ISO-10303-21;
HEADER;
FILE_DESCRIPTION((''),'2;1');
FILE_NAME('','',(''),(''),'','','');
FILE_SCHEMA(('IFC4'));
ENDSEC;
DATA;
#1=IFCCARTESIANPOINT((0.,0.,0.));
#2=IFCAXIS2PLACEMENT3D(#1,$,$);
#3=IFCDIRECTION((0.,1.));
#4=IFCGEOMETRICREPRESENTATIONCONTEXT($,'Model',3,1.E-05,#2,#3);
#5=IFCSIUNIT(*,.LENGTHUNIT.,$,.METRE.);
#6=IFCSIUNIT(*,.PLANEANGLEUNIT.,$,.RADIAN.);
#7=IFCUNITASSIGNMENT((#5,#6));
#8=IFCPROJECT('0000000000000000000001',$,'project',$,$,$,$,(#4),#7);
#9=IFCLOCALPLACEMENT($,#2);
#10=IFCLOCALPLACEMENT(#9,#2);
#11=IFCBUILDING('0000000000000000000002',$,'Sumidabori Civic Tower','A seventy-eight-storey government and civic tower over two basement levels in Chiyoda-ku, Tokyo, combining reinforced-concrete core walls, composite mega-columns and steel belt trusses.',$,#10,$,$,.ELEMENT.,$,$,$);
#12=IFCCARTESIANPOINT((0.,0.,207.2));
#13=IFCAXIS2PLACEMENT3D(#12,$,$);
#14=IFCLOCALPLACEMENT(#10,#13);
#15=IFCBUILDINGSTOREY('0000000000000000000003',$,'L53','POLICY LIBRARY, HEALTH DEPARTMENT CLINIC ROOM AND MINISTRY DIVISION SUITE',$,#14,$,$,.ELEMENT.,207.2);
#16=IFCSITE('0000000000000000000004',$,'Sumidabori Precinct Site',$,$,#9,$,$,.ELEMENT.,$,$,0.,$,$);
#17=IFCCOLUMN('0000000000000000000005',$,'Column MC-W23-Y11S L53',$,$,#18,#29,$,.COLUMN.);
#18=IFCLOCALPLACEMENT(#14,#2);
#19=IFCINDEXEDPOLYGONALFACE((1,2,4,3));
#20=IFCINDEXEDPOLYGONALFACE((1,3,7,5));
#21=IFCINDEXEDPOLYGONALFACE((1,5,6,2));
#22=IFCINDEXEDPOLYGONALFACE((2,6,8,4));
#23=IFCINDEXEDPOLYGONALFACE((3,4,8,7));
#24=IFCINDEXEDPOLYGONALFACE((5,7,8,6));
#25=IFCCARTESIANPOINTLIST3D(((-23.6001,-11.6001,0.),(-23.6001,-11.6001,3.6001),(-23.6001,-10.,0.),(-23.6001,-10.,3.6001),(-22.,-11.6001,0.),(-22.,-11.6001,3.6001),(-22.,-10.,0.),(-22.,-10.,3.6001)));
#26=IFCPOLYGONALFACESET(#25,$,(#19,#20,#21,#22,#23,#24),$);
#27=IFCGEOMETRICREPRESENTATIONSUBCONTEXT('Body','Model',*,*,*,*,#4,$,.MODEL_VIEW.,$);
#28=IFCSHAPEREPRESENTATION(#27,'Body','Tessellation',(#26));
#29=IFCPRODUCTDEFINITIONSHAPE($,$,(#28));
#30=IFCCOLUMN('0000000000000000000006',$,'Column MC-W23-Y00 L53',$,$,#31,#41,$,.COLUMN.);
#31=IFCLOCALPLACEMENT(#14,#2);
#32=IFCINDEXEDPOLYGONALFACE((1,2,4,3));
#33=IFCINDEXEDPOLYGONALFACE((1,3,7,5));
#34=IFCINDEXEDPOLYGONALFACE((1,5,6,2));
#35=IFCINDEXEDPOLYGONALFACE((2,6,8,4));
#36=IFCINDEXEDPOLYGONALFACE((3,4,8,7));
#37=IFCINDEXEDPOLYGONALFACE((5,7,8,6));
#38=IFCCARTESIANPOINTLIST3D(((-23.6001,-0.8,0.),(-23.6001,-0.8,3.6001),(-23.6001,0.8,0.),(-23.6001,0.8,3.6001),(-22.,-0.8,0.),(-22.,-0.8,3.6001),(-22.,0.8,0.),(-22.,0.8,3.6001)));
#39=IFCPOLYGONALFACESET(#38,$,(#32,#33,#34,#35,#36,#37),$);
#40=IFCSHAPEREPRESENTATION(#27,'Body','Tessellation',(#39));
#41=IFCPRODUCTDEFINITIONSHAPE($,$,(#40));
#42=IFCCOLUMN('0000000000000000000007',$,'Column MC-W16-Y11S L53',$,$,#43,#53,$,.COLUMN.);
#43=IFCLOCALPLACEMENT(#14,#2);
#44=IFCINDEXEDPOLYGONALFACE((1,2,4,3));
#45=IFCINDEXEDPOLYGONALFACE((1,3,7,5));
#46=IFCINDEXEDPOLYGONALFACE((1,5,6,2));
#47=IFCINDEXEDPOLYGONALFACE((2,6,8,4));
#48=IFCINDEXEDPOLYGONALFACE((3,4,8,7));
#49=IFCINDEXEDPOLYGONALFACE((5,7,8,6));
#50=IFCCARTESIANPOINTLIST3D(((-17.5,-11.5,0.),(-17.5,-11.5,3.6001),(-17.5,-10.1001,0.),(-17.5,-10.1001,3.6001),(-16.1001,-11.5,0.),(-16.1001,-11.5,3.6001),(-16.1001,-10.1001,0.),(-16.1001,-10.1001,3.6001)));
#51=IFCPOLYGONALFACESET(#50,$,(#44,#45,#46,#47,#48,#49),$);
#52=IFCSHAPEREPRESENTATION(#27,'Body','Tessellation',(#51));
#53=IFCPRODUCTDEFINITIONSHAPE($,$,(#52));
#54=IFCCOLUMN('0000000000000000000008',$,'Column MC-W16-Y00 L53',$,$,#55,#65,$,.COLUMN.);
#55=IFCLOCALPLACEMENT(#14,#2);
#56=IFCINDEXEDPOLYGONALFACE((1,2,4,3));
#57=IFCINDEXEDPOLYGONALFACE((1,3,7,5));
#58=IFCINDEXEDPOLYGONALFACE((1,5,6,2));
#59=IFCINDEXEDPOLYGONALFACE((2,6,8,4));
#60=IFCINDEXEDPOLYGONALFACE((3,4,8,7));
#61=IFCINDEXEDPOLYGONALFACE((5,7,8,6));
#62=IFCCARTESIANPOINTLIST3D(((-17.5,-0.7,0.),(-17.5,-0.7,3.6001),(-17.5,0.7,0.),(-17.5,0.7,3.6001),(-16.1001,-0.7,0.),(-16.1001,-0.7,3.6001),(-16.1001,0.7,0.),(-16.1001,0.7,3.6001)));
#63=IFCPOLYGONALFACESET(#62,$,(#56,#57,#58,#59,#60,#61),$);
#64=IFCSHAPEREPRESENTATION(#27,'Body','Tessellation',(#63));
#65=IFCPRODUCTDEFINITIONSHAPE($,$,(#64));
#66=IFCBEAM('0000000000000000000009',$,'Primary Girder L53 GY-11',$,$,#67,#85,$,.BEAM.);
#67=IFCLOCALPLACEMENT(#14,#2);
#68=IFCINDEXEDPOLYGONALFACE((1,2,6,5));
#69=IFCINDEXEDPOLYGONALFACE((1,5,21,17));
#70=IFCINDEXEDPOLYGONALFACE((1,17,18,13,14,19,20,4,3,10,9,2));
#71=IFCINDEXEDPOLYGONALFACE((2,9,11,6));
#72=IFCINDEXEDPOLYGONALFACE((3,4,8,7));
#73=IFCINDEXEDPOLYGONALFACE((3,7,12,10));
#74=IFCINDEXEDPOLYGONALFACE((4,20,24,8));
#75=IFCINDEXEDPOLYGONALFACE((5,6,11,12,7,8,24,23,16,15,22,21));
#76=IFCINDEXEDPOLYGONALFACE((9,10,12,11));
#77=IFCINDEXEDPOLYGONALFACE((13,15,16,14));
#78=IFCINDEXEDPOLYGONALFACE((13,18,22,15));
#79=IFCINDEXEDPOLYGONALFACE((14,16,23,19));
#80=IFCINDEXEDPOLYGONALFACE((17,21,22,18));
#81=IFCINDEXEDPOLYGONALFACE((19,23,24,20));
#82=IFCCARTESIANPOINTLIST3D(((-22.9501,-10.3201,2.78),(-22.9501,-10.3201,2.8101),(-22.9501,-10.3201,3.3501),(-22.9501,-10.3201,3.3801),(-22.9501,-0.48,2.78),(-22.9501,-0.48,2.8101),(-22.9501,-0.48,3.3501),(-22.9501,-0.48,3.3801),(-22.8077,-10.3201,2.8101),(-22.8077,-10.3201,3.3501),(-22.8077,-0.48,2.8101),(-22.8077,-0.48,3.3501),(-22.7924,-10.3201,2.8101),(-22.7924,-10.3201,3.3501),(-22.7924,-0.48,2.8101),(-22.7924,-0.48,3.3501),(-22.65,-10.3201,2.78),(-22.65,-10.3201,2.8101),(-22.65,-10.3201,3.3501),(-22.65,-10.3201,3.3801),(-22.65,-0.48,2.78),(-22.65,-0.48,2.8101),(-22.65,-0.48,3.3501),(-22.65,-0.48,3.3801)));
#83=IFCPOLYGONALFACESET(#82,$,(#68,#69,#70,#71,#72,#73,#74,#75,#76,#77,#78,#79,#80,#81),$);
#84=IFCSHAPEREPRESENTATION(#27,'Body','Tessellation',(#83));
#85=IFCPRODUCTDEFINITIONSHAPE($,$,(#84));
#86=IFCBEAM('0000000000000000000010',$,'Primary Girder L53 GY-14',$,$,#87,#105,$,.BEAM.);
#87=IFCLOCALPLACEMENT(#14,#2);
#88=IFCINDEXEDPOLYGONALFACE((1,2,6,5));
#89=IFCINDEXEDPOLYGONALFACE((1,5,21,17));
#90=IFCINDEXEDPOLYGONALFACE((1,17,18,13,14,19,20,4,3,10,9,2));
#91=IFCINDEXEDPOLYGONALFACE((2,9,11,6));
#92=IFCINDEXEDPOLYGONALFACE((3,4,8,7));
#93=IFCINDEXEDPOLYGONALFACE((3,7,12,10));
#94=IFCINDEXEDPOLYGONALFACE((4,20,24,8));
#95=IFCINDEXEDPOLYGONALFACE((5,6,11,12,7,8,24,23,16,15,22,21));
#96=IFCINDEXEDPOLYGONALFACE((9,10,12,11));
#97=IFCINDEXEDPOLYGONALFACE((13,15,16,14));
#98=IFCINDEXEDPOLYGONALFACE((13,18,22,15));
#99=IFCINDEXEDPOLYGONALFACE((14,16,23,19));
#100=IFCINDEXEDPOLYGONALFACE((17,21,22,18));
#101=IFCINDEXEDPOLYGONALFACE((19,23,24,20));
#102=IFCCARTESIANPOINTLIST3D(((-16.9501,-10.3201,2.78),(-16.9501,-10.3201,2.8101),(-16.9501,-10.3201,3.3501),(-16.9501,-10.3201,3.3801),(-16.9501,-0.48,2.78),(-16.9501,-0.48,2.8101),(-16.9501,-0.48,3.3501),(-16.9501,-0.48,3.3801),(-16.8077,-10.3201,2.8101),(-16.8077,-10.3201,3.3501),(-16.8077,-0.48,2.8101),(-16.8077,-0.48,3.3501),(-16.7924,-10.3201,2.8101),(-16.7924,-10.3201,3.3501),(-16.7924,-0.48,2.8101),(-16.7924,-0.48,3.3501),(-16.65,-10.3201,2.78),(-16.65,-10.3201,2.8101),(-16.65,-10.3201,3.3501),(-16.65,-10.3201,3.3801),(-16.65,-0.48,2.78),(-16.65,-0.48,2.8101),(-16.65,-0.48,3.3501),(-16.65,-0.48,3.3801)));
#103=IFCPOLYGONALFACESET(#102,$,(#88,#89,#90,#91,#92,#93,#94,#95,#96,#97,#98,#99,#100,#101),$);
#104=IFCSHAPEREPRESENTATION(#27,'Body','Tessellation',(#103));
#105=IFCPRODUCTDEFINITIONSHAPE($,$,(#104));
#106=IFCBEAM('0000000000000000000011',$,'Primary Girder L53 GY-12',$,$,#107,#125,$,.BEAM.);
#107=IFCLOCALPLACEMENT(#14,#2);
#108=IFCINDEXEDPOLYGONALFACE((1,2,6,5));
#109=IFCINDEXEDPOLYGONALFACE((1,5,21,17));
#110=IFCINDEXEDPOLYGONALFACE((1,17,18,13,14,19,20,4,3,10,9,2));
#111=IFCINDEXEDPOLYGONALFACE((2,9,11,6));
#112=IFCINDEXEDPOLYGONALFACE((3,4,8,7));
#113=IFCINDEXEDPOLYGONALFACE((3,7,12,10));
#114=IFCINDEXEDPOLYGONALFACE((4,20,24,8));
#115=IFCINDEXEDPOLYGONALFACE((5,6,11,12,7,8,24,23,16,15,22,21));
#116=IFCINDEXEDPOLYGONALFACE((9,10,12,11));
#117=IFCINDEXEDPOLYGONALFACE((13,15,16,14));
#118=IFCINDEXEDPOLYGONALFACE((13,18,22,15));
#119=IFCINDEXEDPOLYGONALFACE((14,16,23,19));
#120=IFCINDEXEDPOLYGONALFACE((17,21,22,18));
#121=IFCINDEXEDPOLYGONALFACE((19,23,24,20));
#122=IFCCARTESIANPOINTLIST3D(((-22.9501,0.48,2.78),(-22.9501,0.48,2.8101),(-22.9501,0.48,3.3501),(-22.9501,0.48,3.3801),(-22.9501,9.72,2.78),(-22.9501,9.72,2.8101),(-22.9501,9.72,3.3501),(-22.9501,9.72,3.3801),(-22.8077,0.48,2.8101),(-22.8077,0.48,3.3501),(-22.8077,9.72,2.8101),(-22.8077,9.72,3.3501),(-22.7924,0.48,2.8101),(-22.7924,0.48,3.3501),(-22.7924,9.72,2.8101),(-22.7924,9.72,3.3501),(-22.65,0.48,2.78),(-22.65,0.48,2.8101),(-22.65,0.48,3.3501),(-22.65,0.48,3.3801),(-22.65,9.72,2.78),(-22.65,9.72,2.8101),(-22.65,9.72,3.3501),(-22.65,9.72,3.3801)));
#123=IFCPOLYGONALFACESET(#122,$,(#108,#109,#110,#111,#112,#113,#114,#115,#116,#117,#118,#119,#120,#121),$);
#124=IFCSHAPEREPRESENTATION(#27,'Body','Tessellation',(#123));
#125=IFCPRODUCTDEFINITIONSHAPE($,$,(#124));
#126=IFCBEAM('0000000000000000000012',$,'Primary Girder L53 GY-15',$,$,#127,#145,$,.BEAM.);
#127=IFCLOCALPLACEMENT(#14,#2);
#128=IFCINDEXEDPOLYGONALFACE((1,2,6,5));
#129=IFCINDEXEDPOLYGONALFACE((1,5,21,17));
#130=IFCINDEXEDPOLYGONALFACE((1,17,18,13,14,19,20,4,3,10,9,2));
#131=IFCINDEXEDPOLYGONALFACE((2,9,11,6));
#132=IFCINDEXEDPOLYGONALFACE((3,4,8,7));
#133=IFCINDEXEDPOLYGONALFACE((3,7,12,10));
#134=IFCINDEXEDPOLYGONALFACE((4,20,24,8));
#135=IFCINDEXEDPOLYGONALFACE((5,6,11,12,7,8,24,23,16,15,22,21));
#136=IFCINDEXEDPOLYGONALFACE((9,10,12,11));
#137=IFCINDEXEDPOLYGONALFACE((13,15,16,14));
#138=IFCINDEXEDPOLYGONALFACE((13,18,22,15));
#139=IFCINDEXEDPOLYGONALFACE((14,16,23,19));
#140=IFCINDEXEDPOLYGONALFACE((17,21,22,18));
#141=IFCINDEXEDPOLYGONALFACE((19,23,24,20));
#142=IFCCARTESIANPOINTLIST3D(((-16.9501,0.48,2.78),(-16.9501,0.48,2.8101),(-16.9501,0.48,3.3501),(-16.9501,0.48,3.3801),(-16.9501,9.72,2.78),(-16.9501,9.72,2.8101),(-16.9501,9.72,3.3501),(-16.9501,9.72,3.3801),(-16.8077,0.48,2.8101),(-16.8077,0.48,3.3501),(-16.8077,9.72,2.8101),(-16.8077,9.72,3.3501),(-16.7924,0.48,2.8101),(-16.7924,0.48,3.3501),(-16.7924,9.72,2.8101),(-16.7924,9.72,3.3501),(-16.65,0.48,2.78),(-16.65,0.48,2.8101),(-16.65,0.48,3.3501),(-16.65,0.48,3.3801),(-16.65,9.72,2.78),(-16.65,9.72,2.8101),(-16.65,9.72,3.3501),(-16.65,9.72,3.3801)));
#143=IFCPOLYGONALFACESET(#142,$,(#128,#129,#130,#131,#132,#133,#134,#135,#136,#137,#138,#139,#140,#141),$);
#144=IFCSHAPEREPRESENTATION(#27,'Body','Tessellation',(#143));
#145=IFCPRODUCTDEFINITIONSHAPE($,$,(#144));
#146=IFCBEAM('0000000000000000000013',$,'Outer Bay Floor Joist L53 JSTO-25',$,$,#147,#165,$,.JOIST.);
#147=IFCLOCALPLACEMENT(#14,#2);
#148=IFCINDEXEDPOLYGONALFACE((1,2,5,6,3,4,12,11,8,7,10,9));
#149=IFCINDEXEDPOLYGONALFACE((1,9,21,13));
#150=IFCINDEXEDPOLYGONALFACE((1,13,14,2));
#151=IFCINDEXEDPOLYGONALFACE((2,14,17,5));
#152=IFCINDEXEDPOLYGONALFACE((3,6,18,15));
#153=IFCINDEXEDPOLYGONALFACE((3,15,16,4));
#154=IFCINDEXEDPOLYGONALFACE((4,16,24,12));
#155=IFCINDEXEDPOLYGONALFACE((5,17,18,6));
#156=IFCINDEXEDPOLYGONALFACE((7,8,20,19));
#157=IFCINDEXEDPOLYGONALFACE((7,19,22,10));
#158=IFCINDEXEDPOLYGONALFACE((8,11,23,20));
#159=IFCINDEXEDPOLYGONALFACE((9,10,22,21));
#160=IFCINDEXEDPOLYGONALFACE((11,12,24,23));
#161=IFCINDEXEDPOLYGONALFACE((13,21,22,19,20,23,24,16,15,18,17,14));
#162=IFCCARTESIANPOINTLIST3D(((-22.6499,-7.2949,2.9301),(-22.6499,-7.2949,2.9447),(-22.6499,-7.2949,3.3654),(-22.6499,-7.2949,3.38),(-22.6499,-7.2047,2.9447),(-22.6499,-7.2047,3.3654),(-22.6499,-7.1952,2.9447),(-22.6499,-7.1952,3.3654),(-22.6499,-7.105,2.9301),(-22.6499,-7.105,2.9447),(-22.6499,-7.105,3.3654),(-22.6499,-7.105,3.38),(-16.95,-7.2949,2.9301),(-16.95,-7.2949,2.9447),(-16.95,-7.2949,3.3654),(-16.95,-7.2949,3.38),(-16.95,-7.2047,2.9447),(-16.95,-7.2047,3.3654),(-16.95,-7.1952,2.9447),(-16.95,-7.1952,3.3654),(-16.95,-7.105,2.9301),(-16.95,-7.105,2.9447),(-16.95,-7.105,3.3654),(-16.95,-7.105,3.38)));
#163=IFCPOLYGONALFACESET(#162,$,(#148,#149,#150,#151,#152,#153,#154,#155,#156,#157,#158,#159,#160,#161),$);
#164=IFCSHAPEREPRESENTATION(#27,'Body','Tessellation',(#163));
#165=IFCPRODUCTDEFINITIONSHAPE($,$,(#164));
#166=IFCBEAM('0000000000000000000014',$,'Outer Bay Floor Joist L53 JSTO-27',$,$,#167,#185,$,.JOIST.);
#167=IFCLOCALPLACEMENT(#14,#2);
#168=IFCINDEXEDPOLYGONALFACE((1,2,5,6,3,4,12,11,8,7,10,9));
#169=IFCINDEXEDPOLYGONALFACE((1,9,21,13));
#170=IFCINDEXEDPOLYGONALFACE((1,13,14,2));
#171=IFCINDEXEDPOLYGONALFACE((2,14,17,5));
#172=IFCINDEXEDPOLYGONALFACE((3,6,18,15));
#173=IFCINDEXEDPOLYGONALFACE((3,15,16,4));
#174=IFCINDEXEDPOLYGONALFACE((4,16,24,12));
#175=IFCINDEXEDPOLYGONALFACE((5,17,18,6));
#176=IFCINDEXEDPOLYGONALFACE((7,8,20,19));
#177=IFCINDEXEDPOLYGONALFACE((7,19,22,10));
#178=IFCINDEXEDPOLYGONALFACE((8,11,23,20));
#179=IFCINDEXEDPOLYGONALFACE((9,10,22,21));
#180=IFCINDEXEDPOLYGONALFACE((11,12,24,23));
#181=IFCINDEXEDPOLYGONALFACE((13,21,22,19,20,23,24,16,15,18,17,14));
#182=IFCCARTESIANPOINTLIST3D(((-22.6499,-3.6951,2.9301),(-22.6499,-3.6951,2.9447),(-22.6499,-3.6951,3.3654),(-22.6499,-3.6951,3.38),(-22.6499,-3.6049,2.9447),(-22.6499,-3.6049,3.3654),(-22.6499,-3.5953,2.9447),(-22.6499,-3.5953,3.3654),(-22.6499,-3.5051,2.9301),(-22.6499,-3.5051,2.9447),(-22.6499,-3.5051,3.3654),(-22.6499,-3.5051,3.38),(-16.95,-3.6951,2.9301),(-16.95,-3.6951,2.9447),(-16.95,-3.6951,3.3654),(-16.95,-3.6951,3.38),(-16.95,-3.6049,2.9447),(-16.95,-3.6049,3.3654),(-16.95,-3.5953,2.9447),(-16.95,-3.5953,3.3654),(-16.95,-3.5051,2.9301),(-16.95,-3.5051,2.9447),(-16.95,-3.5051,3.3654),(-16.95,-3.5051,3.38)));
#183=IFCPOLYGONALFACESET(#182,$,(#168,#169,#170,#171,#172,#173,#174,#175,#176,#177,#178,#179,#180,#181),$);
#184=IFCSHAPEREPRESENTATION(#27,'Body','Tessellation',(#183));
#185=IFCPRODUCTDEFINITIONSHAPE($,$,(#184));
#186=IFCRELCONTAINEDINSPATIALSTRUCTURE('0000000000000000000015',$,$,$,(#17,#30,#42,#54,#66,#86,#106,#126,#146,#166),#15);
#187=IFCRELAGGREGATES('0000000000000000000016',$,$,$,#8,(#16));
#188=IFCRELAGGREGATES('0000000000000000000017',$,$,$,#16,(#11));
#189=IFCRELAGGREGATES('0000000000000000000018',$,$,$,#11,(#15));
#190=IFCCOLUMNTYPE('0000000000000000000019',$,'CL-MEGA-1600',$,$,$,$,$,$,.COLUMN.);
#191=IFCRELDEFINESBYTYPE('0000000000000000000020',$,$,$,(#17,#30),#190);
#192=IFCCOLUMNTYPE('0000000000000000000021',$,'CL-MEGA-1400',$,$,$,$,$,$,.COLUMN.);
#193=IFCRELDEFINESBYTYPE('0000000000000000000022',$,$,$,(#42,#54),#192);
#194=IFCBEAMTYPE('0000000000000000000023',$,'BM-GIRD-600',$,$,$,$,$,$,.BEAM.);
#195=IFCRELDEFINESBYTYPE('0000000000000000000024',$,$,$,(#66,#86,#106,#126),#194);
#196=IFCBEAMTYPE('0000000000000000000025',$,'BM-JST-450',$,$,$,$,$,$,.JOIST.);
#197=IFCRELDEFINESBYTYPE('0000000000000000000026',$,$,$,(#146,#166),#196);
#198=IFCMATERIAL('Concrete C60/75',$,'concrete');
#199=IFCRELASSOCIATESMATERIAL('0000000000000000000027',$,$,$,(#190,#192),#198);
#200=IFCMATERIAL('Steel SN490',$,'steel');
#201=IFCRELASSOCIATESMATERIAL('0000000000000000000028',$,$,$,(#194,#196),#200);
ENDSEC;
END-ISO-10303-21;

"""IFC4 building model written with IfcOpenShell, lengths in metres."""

from ifc_helpers import new_model, si_unit, direction, frame, origin, origin_2d, place, context, subcontext, project, spatial, rectangle, i_section, extrude, source, transform, mapped, material, material_profile, profile_set, type_object, element, save


model = new_model("IFC4")

# Units and contexts
model_context = context("Model", 3, precision=1e-05, world=origin(), true_north=direction((0.0, 1.0)))
body_context = subcontext(model_context, "Body", "Model", "MODEL_VIEW")
ifc_project = project(units=[si_unit("LENGTHUNIT", "METRE"), si_unit("PLANEANGLEUNIT", "RADIAN")], contexts=[model_context])

# Site, building, storey
site_placement = place(None, origin())
site = spatial("IfcSite", under=ifc_project, at=site_placement, Name="Sumidabori Precinct Site", CompositionType="ELEMENT", RefElevation=0.0)
building_placement = place(site_placement, origin())
building = spatial("IfcBuilding", under=site, at=building_placement, Name="Sumidabori Civic Tower", Description="A seventy-eight-storey government and civic tower over two basement levels in Chiyoda-ku, Tokyo, combining reinforced-concrete core walls, composite mega-columns and steel belt trusses.", CompositionType="ELEMENT")
storey_placement = place(building_placement, frame((0.0, 0.0, 207.2)))
storey = spatial("IfcBuildingStorey", under=building, at=storey_placement, Name="L53", Description="POLICY LIBRARY, HEALTH DEPARTMENT CLINIC ROOM AND MINISTRY DIVISION SUITE", CompositionType="ELEMENT", Elevation=207.2)

# Columns
ifc_material_1 = material(Name="Concrete C60/75", Category="concrete")
ifc_material_profile_1 = material_profile(ifc_material_1, rectangle(XDim=1.6001, YDim=1.6001, at=origin_2d()), Name="RC 1600x1600")
ifc_profile_set_1 = profile_set([ifc_material_profile_1], Name="Concrete C60/75")
column_type_1 = type_object("IfcColumnType", Name="CL-MEGA-1600", PredefinedType="COLUMN", material=ifc_profile_set_1)
shared_shape_1 = source(origin(), body_context, "Body", "SweptSolid", [
    extrude(rectangle(XDim=1.6001, YDim=1.6001, at=origin_2d()), origin(), (0.0, 0.0, 1.0), 3.6001),
])
for number, where, z_axis, x_axis, name in (
    (1, (-22.8, -10.8, 0.0), (0.0, 0.0, 1.0), (1.0, 0.0, 0.0), "Column MC-W23-Y11S L53"),
    (2, (-22.8, 0.0, 0.0), (0.0, 0.0, 1.0), (1.0, 0.0, 0.0), "Column MC-W23-Y00 L53"),
):
    element("IfcColumn", number, at=place(storey_placement, frame(where, z_axis=z_axis, x_axis=x_axis)), inside=storey, type_object=column_type_1, Name=name, PredefinedType="COLUMN", context=body_context, shape_type="MappedRepresentation", body=[
        mapped(shared_shape_1, transform((0.0, 0.0, 0.0), x_axis=(1.0, 0.0, 0.0), y_axis=(0.0, 1.0, 0.0), z_axis=(0.0, 0.0, 1.0), scale=1.0)),
    ])
ifc_material_profile_2 = material_profile(ifc_material_1, rectangle(XDim=1.3999, YDim=1.3999, at=origin_2d()), Name="RC 1400x1400")
ifc_profile_set_2 = profile_set([ifc_material_profile_2], Name="Concrete C60/75")
column_type_2 = type_object("IfcColumnType", Name="CL-MEGA-1400", PredefinedType="COLUMN", material=ifc_profile_set_2)
shared_shape_2 = source(origin(), body_context, "Body", "SweptSolid", [
    extrude(rectangle(XDim=1.3999, YDim=1.3999, at=origin_2d()), origin(), (0.0, 0.0, 1.0), 3.6001),
])
for number, where, z_axis, x_axis, name in (
    (3, (-16.8, -10.8, 0.0), (0.0, 0.0, 1.0), (1.0, 0.0, 0.0), "Column MC-W16-Y11S L53"),
    (4, (-16.8, 0.0, 0.0), (0.0, 0.0, 1.0), (1.0, 0.0, 0.0), "Column MC-W16-Y00 L53"),
):
    element("IfcColumn", number, at=place(storey_placement, frame(where, z_axis=z_axis, x_axis=x_axis)), inside=storey, type_object=column_type_2, Name=name, PredefinedType="COLUMN", context=body_context, shape_type="MappedRepresentation", body=[
        mapped(shared_shape_2, transform((0.0, 0.0, 0.0), x_axis=(1.0, 0.0, 0.0), y_axis=(0.0, 1.0, 0.0), z_axis=(0.0, 0.0, 1.0), scale=1.0)),
    ])

# Beams
ifc_material_2 = material(Name="Steel SN490", Category="steel")
ifc_material_profile_3 = material_profile(ifc_material_2, i_section(OverallWidth=0.3, OverallDepth=0.6001, WebThickness=0.0154, FlangeThickness=0.03, at=origin_2d()), Name="HE 600 B")
ifc_profile_set_3 = profile_set([ifc_material_profile_3], Name="Steel SN490")
beam_type_1 = type_object("IfcBeamType", Name="BM-GIRD-600", PredefinedType="BEAM", material=ifc_profile_set_3)
shared_shape_3 = source(origin(), body_context, "Body", "SweptSolid", [
    extrude(i_section(OverallWidth=0.3, OverallDepth=0.6001, WebThickness=0.0154, FlangeThickness=0.03, at=origin_2d()), origin(), (0.0, 0.0, 1.0), 9.8401),
])
for number, where, z_axis, x_axis, name in (
    (5, (-22.8, -10.3201, 3.0801), (0.0, 1.0, 0.0), (-1.0, 0.0, 0.0), "Primary Girder L53 GY-11"),
    (6, (-16.8, -10.3201, 3.0801), (0.0, 1.0, 0.0), (-1.0, 0.0, 0.0), "Primary Girder L53 GY-14"),
):
    element("IfcBeam", number, at=place(storey_placement, frame(where, z_axis=z_axis, x_axis=x_axis)), inside=storey, type_object=beam_type_1, Name=name, PredefinedType="BEAM", context=body_context, shape_type="MappedRepresentation", body=[
        mapped(shared_shape_3, transform((0.0, 0.0, 0.0), x_axis=(1.0, 0.0, 0.0), y_axis=(0.0, 1.0, 0.0), z_axis=(0.0, 0.0, 1.0), scale=1.0)),
    ])
shared_shape_4 = source(origin(), body_context, "Body", "SweptSolid", [
    extrude(i_section(OverallWidth=0.3, OverallDepth=0.6001, WebThickness=0.0154, FlangeThickness=0.03, at=origin_2d()), origin(), (0.0, 0.0, 1.0), 9.24),
])
for number, where, z_axis, x_axis, name in (
    (7, (-22.8, 0.48, 3.0801), (0.0, 1.0, 0.0), (-1.0, 0.0, 0.0), "Primary Girder L53 GY-12"),
    (8, (-16.8, 0.48, 3.0801), (0.0, 1.0, 0.0), (-1.0, 0.0, 0.0), "Primary Girder L53 GY-15"),
):
    element("IfcBeam", number, at=place(storey_placement, frame(where, z_axis=z_axis, x_axis=x_axis)), inside=storey, type_object=beam_type_1, Name=name, PredefinedType="BEAM", context=body_context, shape_type="MappedRepresentation", body=[
        mapped(shared_shape_4, transform((0.0, 0.0, 0.0), x_axis=(1.0, 0.0, 0.0), y_axis=(0.0, 1.0, 0.0), z_axis=(0.0, 0.0, 1.0), scale=1.0)),
    ])
ifc_material_profile_4 = material_profile(ifc_material_2, i_section(OverallWidth=0.1899, OverallDepth=0.45, WebThickness=0.0095, FlangeThickness=0.0146, at=origin_2d()), Name="IPE 450")
ifc_profile_set_4 = profile_set([ifc_material_profile_4], Name="Steel SN490")
beam_type_2 = type_object("IfcBeamType", Name="BM-JST-450", PredefinedType="JOIST", material=ifc_profile_set_4)
shared_shape_5 = source(origin(), body_context, "Body", "SweptSolid", [
    extrude(i_section(OverallWidth=0.1899, OverallDepth=0.45, WebThickness=0.0095, FlangeThickness=0.0146, at=origin_2d()), origin(), (0.0, 0.0, 1.0), 5.7),
])
for number, where, z_axis, x_axis, name in (
    (9, (-22.6499, -7.2, 3.155), (1.0, 0.0, 0.0), (0.0, 1.0, 0.0), "Outer Bay Floor Joist L53 JSTO-25"),
    (10, (-22.6499, -3.6001, 3.155), (1.0, 0.0, 0.0), (0.0, 1.0, 0.0), "Outer Bay Floor Joist L53 JSTO-27"),
):
    element("IfcBeam", number, at=place(storey_placement, frame(where, z_axis=z_axis, x_axis=x_axis)), inside=storey, type_object=beam_type_2, Name=name, PredefinedType="JOIST", context=body_context, shape_type="MappedRepresentation", body=[
        mapped(shared_shape_5, transform((0.0, 0.0, 0.0), x_axis=(1.0, 0.0, 0.0), y_axis=(0.0, 1.0, 0.0), z_axis=(0.0, 0.0, 1.0), scale=1.0)),
    ])

save(model, "model.ifc")
